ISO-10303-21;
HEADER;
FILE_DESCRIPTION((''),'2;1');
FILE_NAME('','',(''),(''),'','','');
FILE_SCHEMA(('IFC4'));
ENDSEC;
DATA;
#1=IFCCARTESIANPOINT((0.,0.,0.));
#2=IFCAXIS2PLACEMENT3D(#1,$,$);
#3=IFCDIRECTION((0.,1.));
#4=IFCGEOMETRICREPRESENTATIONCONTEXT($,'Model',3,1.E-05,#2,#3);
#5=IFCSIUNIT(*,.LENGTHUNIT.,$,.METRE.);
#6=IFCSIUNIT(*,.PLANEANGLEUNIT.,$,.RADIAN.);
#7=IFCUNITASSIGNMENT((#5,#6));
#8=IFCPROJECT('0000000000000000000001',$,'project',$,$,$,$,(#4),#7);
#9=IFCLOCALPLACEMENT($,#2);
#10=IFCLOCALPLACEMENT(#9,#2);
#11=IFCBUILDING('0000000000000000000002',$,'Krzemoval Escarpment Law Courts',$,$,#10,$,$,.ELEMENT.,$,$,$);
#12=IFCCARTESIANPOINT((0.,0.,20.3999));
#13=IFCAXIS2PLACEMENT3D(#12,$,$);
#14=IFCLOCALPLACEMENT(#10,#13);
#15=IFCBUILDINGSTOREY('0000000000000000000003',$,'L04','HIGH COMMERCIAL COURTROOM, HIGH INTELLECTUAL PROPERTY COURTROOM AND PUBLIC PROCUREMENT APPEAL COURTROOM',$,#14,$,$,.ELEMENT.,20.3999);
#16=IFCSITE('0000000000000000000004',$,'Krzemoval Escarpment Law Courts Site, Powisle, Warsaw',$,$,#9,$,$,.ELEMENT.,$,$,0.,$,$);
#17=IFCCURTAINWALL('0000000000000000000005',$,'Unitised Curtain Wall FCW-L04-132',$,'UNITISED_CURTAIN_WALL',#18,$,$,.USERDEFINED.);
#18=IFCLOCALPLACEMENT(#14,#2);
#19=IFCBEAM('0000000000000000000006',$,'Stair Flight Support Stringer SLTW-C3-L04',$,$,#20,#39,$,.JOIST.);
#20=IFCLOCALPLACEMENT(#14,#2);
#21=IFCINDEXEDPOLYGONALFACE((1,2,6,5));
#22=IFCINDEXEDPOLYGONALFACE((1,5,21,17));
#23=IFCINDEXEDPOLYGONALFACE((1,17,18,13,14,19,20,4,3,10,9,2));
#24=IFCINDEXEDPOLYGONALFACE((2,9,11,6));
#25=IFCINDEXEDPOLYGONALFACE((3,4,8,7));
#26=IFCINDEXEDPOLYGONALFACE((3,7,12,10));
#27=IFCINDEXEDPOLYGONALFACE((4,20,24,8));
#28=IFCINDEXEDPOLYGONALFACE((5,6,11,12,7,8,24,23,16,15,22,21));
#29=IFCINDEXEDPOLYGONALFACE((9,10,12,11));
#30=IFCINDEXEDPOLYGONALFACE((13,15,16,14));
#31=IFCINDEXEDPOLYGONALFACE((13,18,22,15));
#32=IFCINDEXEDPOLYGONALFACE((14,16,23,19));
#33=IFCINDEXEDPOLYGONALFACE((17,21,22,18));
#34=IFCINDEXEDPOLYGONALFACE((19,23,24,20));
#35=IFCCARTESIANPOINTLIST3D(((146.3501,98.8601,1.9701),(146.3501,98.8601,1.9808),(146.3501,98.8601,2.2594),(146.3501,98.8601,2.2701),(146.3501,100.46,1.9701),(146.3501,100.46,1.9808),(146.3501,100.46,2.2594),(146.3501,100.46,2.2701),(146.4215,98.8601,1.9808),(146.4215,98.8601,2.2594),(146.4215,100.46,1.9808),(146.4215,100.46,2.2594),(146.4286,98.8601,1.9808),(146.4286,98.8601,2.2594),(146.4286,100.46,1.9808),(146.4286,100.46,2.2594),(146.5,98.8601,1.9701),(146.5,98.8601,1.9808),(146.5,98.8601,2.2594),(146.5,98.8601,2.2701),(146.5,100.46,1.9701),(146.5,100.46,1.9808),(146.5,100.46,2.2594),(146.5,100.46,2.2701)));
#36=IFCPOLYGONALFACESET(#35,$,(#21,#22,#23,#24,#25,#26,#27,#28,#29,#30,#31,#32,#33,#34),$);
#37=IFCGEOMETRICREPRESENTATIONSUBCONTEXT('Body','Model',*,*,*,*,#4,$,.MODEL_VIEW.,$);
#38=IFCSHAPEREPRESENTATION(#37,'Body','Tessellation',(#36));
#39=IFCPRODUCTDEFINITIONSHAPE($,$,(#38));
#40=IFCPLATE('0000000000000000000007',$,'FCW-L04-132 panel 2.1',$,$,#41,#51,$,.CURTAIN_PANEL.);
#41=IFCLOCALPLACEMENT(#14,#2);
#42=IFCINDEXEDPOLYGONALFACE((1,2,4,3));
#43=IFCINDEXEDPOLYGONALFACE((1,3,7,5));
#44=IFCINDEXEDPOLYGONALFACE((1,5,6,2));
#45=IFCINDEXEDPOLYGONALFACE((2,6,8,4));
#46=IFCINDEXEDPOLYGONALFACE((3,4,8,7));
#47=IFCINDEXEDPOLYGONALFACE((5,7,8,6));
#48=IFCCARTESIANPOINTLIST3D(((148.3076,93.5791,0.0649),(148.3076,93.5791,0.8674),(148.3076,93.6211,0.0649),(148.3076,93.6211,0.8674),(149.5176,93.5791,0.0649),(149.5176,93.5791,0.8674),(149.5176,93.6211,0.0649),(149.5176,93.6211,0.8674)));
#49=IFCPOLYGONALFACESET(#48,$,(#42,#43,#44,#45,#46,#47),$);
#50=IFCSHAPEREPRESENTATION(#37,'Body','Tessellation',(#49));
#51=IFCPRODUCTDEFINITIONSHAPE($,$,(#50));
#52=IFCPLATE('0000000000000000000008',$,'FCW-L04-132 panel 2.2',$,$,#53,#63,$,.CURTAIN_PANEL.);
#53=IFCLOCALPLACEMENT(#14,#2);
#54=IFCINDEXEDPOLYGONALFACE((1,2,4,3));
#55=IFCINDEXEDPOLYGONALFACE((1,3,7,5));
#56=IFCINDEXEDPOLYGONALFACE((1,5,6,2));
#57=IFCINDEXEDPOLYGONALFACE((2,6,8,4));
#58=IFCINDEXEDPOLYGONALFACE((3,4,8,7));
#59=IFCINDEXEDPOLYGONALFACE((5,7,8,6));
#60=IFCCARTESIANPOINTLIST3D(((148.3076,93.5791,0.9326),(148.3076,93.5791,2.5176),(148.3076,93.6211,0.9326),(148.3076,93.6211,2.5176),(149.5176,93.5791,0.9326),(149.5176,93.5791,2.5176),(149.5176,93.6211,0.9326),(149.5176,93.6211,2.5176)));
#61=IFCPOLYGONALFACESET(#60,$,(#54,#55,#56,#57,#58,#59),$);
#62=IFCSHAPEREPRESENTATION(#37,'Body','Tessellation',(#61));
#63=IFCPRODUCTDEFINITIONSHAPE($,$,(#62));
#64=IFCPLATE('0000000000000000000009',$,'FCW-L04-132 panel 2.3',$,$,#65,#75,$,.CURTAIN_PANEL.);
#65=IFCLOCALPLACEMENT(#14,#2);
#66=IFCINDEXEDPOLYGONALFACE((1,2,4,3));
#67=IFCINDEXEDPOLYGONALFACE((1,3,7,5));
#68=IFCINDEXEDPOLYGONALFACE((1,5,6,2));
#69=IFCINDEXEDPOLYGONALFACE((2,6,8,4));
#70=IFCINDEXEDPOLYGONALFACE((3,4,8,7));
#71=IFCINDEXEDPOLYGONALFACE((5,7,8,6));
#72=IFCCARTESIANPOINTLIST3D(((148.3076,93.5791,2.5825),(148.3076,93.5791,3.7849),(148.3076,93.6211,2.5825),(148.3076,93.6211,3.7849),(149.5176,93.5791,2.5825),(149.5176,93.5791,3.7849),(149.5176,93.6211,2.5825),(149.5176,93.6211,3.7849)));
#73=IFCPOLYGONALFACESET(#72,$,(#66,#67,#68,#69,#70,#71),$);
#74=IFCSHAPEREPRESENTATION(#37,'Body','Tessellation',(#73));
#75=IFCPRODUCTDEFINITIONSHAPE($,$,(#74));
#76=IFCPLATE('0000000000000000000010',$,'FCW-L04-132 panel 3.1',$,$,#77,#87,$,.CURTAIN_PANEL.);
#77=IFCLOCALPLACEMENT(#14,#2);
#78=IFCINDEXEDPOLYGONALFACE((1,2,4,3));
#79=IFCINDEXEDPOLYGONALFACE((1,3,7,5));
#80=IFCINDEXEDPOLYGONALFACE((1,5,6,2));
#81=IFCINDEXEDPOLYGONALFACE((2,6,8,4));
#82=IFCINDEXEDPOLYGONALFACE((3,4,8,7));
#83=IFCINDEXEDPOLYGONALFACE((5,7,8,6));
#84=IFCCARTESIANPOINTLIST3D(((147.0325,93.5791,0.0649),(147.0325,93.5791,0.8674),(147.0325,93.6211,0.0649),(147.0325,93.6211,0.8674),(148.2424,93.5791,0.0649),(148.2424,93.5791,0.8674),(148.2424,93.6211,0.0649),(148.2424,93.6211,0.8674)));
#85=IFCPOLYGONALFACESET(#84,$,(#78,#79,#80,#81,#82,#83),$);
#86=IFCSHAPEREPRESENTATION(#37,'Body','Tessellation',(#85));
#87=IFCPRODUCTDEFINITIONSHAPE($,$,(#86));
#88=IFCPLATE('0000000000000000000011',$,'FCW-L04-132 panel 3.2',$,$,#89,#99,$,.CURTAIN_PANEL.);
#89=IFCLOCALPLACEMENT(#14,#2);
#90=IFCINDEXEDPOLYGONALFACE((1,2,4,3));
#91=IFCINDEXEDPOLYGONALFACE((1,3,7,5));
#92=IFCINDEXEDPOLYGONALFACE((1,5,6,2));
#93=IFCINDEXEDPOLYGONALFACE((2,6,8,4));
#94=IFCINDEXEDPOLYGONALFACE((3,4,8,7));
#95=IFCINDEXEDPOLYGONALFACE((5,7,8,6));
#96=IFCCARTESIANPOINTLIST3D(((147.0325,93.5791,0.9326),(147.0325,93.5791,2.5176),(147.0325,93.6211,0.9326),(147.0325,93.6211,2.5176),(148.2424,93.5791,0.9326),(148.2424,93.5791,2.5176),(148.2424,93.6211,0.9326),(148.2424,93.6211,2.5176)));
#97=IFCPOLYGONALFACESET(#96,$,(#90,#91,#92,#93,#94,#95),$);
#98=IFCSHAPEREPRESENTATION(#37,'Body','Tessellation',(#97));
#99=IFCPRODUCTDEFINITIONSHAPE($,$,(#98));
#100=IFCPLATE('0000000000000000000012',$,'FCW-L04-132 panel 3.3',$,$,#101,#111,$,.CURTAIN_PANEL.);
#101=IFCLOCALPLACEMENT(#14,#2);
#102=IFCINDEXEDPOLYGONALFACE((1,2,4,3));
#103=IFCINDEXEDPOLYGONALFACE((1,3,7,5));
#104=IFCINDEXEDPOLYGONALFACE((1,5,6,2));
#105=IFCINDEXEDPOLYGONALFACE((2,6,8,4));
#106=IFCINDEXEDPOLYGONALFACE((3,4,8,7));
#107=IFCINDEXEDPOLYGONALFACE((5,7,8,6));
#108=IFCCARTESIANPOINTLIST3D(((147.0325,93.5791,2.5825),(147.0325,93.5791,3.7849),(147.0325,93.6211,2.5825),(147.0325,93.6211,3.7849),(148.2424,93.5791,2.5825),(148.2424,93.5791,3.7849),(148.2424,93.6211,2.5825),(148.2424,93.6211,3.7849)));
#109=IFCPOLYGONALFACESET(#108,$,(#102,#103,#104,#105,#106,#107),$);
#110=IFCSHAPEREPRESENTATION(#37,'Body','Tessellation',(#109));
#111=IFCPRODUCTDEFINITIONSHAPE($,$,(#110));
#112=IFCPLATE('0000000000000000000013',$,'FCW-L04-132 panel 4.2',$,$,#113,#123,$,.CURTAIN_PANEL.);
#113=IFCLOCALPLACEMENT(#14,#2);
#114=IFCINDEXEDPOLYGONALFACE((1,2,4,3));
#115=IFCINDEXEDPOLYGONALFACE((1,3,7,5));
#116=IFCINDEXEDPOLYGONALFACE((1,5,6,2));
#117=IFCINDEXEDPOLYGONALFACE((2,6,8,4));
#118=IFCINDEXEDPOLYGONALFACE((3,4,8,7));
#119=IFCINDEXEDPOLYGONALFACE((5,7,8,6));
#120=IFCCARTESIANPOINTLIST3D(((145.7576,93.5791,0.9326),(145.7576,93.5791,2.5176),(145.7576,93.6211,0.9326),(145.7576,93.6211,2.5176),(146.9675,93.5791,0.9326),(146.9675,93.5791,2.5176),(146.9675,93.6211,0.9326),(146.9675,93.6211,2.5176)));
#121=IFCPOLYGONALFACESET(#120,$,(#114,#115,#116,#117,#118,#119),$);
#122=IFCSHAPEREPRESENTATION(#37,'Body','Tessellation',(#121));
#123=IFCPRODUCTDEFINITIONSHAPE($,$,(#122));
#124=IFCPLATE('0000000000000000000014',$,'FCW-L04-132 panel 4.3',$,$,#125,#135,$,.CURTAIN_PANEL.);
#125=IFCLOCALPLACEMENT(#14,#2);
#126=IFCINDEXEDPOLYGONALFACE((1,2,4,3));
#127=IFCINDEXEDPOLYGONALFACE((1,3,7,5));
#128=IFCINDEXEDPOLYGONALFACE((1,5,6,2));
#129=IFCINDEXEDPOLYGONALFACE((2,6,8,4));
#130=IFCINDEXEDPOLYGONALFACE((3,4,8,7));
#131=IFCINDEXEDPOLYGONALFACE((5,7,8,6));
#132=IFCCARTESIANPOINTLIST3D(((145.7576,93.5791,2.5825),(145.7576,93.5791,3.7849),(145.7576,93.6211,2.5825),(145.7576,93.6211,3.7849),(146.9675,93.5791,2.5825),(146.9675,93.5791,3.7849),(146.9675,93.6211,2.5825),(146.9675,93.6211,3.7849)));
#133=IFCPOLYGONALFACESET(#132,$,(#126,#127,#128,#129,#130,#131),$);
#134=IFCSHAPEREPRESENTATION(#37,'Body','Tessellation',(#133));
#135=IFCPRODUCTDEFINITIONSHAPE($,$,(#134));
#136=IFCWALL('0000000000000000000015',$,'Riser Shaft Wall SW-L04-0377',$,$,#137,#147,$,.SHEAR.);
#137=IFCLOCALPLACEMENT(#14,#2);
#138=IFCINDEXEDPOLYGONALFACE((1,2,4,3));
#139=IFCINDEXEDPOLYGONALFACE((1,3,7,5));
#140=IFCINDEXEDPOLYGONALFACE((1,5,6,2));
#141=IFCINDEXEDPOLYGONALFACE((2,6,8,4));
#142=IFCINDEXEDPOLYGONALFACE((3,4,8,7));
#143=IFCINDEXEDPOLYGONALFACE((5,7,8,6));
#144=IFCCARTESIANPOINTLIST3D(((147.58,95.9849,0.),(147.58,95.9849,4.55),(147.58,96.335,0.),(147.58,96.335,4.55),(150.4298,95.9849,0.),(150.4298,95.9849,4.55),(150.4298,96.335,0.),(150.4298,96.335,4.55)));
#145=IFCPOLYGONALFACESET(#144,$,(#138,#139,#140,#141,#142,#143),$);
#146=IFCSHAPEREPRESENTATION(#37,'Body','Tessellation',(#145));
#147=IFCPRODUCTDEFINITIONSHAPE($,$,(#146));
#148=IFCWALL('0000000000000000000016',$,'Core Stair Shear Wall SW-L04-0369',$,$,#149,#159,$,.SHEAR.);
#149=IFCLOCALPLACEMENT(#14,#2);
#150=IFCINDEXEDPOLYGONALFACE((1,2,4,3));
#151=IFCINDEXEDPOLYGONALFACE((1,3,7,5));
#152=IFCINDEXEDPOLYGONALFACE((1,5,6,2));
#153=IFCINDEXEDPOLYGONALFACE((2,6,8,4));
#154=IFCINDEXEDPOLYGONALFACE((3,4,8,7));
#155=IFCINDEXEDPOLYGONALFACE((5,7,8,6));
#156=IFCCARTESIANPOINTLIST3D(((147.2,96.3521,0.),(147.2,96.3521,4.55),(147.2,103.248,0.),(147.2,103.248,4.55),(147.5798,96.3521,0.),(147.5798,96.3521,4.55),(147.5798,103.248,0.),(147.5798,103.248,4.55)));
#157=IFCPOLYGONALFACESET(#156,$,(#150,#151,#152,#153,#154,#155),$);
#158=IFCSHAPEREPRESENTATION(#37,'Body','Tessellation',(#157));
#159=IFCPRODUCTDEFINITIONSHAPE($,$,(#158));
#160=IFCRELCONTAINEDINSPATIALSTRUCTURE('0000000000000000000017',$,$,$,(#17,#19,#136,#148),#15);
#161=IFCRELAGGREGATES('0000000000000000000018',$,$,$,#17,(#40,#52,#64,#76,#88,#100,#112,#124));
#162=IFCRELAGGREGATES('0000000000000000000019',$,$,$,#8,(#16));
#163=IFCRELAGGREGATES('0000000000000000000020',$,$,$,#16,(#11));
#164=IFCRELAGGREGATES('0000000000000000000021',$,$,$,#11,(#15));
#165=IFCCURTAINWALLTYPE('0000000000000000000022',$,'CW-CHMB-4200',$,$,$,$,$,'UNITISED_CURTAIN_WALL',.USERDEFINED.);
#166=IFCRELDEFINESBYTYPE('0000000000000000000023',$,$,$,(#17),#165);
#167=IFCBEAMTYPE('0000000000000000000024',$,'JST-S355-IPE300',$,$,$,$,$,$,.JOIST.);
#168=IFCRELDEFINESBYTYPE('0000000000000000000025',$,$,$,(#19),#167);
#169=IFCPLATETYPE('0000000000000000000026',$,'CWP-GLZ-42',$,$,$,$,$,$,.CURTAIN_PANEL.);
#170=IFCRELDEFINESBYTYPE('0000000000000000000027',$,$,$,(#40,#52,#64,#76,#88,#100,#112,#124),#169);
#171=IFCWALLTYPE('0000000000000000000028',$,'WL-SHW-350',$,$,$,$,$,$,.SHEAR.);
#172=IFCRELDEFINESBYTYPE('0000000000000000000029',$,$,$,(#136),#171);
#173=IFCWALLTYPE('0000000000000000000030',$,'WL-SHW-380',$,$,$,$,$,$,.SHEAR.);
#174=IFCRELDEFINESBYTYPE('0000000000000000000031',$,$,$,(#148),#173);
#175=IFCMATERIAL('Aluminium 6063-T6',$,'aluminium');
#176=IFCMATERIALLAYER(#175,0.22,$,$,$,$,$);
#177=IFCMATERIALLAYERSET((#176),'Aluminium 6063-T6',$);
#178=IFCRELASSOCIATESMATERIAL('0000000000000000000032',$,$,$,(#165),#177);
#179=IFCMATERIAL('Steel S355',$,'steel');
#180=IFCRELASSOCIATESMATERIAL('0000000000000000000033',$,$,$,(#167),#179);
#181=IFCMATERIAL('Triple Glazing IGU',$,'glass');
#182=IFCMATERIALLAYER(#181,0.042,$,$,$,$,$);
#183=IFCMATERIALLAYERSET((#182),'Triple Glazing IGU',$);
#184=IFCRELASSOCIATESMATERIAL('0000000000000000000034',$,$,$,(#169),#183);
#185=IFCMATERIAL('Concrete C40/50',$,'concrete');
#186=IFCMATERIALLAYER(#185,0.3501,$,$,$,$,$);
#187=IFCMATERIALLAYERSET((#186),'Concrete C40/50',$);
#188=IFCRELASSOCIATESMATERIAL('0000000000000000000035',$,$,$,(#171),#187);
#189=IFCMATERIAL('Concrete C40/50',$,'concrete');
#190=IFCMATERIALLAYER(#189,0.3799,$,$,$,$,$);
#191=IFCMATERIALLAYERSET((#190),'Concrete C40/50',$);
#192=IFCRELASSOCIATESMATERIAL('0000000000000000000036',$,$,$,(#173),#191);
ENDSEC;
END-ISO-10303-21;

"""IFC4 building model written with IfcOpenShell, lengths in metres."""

from ifc_helpers import new_model, si_unit, direction, frame, frame_2d, origin, origin_2d, place, context, subcontext, project, spatial, rectangle, i_section, extrude, material, layer, layer_set, material_profile, profile_set, type_object, element, aggregate, save


model = new_model("IFC4")

# Units and contexts
model_context = context("Model", 3, precision=1e-05, world=origin(), true_north=direction((0.0, 1.0)))
body_context = subcontext(model_context, "Body", "Model", "MODEL_VIEW")
ifc_project = project(units=[si_unit("LENGTHUNIT", "METRE"), si_unit("PLANEANGLEUNIT", "RADIAN")], contexts=[model_context])

# Site, building, storey
site_placement = place(None, origin())
site = spatial("IfcSite", under=ifc_project, at=site_placement, Name="Krzemoval Escarpment Law Courts Site, Powisle, Warsaw", CompositionType="ELEMENT", RefElevation=0.0)
building_placement = place(site_placement, origin())
building = spatial("IfcBuilding", under=site, at=building_placement, Name="Krzemoval Escarpment Law Courts", CompositionType="ELEMENT")
storey_placement = place(building_placement, frame((0.0, 0.0, 20.3999)))
storey = spatial("IfcBuildingStorey", under=building, at=storey_placement, Name="L04", Description="HIGH COMMERCIAL COURTROOM, HIGH INTELLECTUAL PROPERTY COURTROOM AND PUBLIC PROCUREMENT APPEAL COURTROOM", CompositionType="ELEMENT", Elevation=20.3999)

# Curtain wall
ifc_material_1 = material(Name="Aluminium 6063-T6", Category="aluminium")
ifc_layer_1 = layer(ifc_material_1, 0.22)
ifc_layer_set_1 = layer_set([ifc_layer_1], Name="Aluminium 6063-T6")
curtain_wall_type = type_object("IfcCurtainWallType", Name="CW-CHMB-4200", ElementType="UNITISED_CURTAIN_WALL", PredefinedType="USERDEFINED", material=ifc_layer_set_1)
curtain_wall_placement = place(storey_placement, origin())
curtain_wall = element("IfcCurtainWall", 1, at=curtain_wall_placement, inside=storey, type_object=curtain_wall_type, Name="Unitised Curtain Wall FCW-L04-132", ObjectType="UNITISED_CURTAIN_WALL", PredefinedType="USERDEFINED")

# Beam
ifc_material_2 = material(Name="Steel S355", Category="steel")
ifc_material_profile_1 = material_profile(ifc_material_2, i_section(OverallWidth=0.1499, OverallDepth=0.3, WebThickness=0.0071, FlangeThickness=0.0107, at=origin_2d()), Name="IPE 300")
ifc_profile_set_1 = profile_set([ifc_material_profile_1], Name="Steel S355")
beam_type = type_object("IfcBeamType", Name="JST-S355-IPE300", PredefinedType="JOIST", material=ifc_profile_set_1)
beam_placement = place(storey_placement, frame((146.425, 98.8601, 2.1201), z_axis=(0.0, 1.0, 0.0), x_axis=(-1.0, 0.0, 0.0)))
element("IfcBeam", 2, at=beam_placement, inside=storey, type_object=beam_type, Name="Stair Flight Support Stringer SLTW-C3-L04", PredefinedType="JOIST", context=body_context, shape_type="SweptSolid", body=[
    extrude(i_section(OverallWidth=0.1499, OverallDepth=0.3, WebThickness=0.0071, FlangeThickness=0.0107, at=origin_2d()), origin(), (0.0, 0.0, 1.0), 1.5999),
])

# Plates
ifc_material_3 = material(Name="Triple Glazing IGU", Category="glass")
ifc_layer_2 = layer(ifc_material_3, 0.042)
ifc_layer_set_2 = layer_set([ifc_layer_2], Name="Triple Glazing IGU")
plate_type = type_object("IfcPlateType", Name="CWP-GLZ-42", PredefinedType="CURTAIN_PANEL", material=ifc_layer_set_2)
plate_1_placement = place(storey_placement, frame((148.9126, 93.6001, 0.0649), z_axis=(0.0, 0.0, 1.0), x_axis=(-1.0, 0.0, 0.0)))
plate_1 = element("IfcPlate", 3, at=plate_1_placement, type_object=plate_type, Name="FCW-L04-132 panel 2.1", PredefinedType="CURTAIN_PANEL", context=body_context, shape_type="SweptSolid", body=[
    extrude(rectangle(XDim=1.21, YDim=0.042, at=origin_2d()), origin(), (0.0, 0.0, 1.0), 0.8025),
])
plate_2_placement = place(storey_placement, frame((148.9126, 93.6001, 0.9326), z_axis=(0.0, 0.0, 1.0), x_axis=(-1.0, 0.0, 0.0)))
plate_2 = element("IfcPlate", 4, at=plate_2_placement, type_object=plate_type, Name="FCW-L04-132 panel 2.2", PredefinedType="CURTAIN_PANEL", context=body_context, shape_type="SweptSolid", body=[
    extrude(rectangle(XDim=1.21, YDim=0.042, at=origin_2d()), origin(), (0.0, 0.0, 1.0), 1.585),
])
plate_3_placement = place(storey_placement, frame((148.9126, 93.6001, 2.5825), z_axis=(0.0, 0.0, 1.0), x_axis=(-1.0, 0.0, 0.0)))
plate_3 = element("IfcPlate", 5, at=plate_3_placement, type_object=plate_type, Name="FCW-L04-132 panel 2.3", PredefinedType="CURTAIN_PANEL", context=body_context, shape_type="SweptSolid", body=[
    extrude(rectangle(XDim=1.21, YDim=0.042, at=origin_2d()), origin(), (0.0, 0.0, 1.0), 1.2024),
])
plate_4_placement = place(storey_placement, frame((147.6375, 93.6001, 0.0649), z_axis=(0.0, 0.0, 1.0), x_axis=(-1.0, 0.0, 0.0)))
plate_4 = element("IfcPlate", 6, at=plate_4_placement, type_object=plate_type, Name="FCW-L04-132 panel 3.1", PredefinedType="CURTAIN_PANEL", context=body_context, shape_type="SweptSolid", body=[
    extrude(rectangle(XDim=1.21, YDim=0.042, at=origin_2d()), origin(), (0.0, 0.0, 1.0), 0.8025),
])
plate_5_placement = place(storey_placement, frame((147.6375, 93.6001, 0.9326), z_axis=(0.0, 0.0, 1.0), x_axis=(-1.0, 0.0, 0.0)))
plate_5 = element("IfcPlate", 7, at=plate_5_placement, type_object=plate_type, Name="FCW-L04-132 panel 3.2", PredefinedType="CURTAIN_PANEL", context=body_context, shape_type="SweptSolid", body=[
    extrude(rectangle(XDim=1.21, YDim=0.042, at=origin_2d()), origin(), (0.0, 0.0, 1.0), 1.585),
])
plate_6_placement = place(storey_placement, frame((147.6375, 93.6001, 2.5825), z_axis=(0.0, 0.0, 1.0), x_axis=(-1.0, 0.0, 0.0)))
plate_6 = element("IfcPlate", 8, at=plate_6_placement, type_object=plate_type, Name="FCW-L04-132 panel 3.3", PredefinedType="CURTAIN_PANEL", context=body_context, shape_type="SweptSolid", body=[
    extrude(rectangle(XDim=1.21, YDim=0.042, at=origin_2d()), origin(), (0.0, 0.0, 1.0), 1.2024),
])
plate_7_placement = place(storey_placement, frame((146.3625, 93.6001, 0.9326), z_axis=(0.0, 0.0, 1.0), x_axis=(-1.0, 0.0, 0.0)))
plate_7 = element("IfcPlate", 9, at=plate_7_placement, type_object=plate_type, Name="FCW-L04-132 panel 4.2", PredefinedType="CURTAIN_PANEL", context=body_context, shape_type="SweptSolid", body=[
    extrude(rectangle(XDim=1.21, YDim=0.042, at=origin_2d()), origin(), (0.0, 0.0, 1.0), 1.585),
])
plate_8_placement = place(storey_placement, frame((146.3625, 93.6001, 2.5825), z_axis=(0.0, 0.0, 1.0), x_axis=(-1.0, 0.0, 0.0)))
plate_8 = element("IfcPlate", 10, at=plate_8_placement, type_object=plate_type, Name="FCW-L04-132 panel 4.3", PredefinedType="CURTAIN_PANEL", context=body_context, shape_type="SweptSolid", body=[
    extrude(rectangle(XDim=1.21, YDim=0.042, at=origin_2d()), origin(), (0.0, 0.0, 1.0), 1.2024),
])
aggregate(curtain_wall, [plate_1, plate_2, plate_3, plate_4, plate_5, plate_6, plate_7, plate_8])

# Walls
ifc_material_4 = material(Name="Concrete C40/50", Category="concrete")
ifc_layer_3 = layer(ifc_material_4, 0.3501)
ifc_layer_set_3 = layer_set([ifc_layer_3], Name="Concrete C40/50")
wall_type_1 = type_object("IfcWallType", Name="WL-SHW-350", PredefinedType="SHEAR", material=ifc_layer_set_3)
wall_1_placement = place(storey_placement, frame((147.5801, 96.1599, 0.0), z_axis=(0.0, 0.0, 1.0), x_axis=(1.0, 0.0, 0.0)))
element("IfcWall", 11, at=wall_1_placement, inside=storey, type_object=wall_type_1, Name="Riser Shaft Wall SW-L04-0377", PredefinedType="SHEAR", context=body_context, shape_type="SweptSolid", body=[
    extrude(rectangle(XDim=2.8499, YDim=0.3501, at=frame_2d((1.4248, 0.0))), origin(), (0.0, 0.0, 1.0), 4.55),
])
ifc_material_5 = material(Name="Concrete C40/50", Category="concrete")
ifc_layer_4 = layer(ifc_material_5, 0.3799)
ifc_layer_set_4 = layer_set([ifc_layer_4], Name="Concrete C40/50")
wall_type_2 = type_object("IfcWallType", Name="WL-SHW-380", PredefinedType="SHEAR", material=ifc_layer_set_4)
wall_2_placement = place(storey_placement, frame((147.3899, 96.3521, 0.0), z_axis=(0.0, 0.0, 1.0), x_axis=(0.0, 1.0, 0.0)))
element("IfcWall", 12, at=wall_2_placement, inside=storey, type_object=wall_type_2, Name="Core Stair Shear Wall SW-L04-0369", PredefinedType="SHEAR", context=body_context, shape_type="SweptSolid", body=[
    extrude(rectangle(XDim=6.896, YDim=0.3799, at=frame_2d((3.448, 0.0))), origin(), (0.0, 0.0, 1.0), 4.55),
])

save(model, "model.ifc")
